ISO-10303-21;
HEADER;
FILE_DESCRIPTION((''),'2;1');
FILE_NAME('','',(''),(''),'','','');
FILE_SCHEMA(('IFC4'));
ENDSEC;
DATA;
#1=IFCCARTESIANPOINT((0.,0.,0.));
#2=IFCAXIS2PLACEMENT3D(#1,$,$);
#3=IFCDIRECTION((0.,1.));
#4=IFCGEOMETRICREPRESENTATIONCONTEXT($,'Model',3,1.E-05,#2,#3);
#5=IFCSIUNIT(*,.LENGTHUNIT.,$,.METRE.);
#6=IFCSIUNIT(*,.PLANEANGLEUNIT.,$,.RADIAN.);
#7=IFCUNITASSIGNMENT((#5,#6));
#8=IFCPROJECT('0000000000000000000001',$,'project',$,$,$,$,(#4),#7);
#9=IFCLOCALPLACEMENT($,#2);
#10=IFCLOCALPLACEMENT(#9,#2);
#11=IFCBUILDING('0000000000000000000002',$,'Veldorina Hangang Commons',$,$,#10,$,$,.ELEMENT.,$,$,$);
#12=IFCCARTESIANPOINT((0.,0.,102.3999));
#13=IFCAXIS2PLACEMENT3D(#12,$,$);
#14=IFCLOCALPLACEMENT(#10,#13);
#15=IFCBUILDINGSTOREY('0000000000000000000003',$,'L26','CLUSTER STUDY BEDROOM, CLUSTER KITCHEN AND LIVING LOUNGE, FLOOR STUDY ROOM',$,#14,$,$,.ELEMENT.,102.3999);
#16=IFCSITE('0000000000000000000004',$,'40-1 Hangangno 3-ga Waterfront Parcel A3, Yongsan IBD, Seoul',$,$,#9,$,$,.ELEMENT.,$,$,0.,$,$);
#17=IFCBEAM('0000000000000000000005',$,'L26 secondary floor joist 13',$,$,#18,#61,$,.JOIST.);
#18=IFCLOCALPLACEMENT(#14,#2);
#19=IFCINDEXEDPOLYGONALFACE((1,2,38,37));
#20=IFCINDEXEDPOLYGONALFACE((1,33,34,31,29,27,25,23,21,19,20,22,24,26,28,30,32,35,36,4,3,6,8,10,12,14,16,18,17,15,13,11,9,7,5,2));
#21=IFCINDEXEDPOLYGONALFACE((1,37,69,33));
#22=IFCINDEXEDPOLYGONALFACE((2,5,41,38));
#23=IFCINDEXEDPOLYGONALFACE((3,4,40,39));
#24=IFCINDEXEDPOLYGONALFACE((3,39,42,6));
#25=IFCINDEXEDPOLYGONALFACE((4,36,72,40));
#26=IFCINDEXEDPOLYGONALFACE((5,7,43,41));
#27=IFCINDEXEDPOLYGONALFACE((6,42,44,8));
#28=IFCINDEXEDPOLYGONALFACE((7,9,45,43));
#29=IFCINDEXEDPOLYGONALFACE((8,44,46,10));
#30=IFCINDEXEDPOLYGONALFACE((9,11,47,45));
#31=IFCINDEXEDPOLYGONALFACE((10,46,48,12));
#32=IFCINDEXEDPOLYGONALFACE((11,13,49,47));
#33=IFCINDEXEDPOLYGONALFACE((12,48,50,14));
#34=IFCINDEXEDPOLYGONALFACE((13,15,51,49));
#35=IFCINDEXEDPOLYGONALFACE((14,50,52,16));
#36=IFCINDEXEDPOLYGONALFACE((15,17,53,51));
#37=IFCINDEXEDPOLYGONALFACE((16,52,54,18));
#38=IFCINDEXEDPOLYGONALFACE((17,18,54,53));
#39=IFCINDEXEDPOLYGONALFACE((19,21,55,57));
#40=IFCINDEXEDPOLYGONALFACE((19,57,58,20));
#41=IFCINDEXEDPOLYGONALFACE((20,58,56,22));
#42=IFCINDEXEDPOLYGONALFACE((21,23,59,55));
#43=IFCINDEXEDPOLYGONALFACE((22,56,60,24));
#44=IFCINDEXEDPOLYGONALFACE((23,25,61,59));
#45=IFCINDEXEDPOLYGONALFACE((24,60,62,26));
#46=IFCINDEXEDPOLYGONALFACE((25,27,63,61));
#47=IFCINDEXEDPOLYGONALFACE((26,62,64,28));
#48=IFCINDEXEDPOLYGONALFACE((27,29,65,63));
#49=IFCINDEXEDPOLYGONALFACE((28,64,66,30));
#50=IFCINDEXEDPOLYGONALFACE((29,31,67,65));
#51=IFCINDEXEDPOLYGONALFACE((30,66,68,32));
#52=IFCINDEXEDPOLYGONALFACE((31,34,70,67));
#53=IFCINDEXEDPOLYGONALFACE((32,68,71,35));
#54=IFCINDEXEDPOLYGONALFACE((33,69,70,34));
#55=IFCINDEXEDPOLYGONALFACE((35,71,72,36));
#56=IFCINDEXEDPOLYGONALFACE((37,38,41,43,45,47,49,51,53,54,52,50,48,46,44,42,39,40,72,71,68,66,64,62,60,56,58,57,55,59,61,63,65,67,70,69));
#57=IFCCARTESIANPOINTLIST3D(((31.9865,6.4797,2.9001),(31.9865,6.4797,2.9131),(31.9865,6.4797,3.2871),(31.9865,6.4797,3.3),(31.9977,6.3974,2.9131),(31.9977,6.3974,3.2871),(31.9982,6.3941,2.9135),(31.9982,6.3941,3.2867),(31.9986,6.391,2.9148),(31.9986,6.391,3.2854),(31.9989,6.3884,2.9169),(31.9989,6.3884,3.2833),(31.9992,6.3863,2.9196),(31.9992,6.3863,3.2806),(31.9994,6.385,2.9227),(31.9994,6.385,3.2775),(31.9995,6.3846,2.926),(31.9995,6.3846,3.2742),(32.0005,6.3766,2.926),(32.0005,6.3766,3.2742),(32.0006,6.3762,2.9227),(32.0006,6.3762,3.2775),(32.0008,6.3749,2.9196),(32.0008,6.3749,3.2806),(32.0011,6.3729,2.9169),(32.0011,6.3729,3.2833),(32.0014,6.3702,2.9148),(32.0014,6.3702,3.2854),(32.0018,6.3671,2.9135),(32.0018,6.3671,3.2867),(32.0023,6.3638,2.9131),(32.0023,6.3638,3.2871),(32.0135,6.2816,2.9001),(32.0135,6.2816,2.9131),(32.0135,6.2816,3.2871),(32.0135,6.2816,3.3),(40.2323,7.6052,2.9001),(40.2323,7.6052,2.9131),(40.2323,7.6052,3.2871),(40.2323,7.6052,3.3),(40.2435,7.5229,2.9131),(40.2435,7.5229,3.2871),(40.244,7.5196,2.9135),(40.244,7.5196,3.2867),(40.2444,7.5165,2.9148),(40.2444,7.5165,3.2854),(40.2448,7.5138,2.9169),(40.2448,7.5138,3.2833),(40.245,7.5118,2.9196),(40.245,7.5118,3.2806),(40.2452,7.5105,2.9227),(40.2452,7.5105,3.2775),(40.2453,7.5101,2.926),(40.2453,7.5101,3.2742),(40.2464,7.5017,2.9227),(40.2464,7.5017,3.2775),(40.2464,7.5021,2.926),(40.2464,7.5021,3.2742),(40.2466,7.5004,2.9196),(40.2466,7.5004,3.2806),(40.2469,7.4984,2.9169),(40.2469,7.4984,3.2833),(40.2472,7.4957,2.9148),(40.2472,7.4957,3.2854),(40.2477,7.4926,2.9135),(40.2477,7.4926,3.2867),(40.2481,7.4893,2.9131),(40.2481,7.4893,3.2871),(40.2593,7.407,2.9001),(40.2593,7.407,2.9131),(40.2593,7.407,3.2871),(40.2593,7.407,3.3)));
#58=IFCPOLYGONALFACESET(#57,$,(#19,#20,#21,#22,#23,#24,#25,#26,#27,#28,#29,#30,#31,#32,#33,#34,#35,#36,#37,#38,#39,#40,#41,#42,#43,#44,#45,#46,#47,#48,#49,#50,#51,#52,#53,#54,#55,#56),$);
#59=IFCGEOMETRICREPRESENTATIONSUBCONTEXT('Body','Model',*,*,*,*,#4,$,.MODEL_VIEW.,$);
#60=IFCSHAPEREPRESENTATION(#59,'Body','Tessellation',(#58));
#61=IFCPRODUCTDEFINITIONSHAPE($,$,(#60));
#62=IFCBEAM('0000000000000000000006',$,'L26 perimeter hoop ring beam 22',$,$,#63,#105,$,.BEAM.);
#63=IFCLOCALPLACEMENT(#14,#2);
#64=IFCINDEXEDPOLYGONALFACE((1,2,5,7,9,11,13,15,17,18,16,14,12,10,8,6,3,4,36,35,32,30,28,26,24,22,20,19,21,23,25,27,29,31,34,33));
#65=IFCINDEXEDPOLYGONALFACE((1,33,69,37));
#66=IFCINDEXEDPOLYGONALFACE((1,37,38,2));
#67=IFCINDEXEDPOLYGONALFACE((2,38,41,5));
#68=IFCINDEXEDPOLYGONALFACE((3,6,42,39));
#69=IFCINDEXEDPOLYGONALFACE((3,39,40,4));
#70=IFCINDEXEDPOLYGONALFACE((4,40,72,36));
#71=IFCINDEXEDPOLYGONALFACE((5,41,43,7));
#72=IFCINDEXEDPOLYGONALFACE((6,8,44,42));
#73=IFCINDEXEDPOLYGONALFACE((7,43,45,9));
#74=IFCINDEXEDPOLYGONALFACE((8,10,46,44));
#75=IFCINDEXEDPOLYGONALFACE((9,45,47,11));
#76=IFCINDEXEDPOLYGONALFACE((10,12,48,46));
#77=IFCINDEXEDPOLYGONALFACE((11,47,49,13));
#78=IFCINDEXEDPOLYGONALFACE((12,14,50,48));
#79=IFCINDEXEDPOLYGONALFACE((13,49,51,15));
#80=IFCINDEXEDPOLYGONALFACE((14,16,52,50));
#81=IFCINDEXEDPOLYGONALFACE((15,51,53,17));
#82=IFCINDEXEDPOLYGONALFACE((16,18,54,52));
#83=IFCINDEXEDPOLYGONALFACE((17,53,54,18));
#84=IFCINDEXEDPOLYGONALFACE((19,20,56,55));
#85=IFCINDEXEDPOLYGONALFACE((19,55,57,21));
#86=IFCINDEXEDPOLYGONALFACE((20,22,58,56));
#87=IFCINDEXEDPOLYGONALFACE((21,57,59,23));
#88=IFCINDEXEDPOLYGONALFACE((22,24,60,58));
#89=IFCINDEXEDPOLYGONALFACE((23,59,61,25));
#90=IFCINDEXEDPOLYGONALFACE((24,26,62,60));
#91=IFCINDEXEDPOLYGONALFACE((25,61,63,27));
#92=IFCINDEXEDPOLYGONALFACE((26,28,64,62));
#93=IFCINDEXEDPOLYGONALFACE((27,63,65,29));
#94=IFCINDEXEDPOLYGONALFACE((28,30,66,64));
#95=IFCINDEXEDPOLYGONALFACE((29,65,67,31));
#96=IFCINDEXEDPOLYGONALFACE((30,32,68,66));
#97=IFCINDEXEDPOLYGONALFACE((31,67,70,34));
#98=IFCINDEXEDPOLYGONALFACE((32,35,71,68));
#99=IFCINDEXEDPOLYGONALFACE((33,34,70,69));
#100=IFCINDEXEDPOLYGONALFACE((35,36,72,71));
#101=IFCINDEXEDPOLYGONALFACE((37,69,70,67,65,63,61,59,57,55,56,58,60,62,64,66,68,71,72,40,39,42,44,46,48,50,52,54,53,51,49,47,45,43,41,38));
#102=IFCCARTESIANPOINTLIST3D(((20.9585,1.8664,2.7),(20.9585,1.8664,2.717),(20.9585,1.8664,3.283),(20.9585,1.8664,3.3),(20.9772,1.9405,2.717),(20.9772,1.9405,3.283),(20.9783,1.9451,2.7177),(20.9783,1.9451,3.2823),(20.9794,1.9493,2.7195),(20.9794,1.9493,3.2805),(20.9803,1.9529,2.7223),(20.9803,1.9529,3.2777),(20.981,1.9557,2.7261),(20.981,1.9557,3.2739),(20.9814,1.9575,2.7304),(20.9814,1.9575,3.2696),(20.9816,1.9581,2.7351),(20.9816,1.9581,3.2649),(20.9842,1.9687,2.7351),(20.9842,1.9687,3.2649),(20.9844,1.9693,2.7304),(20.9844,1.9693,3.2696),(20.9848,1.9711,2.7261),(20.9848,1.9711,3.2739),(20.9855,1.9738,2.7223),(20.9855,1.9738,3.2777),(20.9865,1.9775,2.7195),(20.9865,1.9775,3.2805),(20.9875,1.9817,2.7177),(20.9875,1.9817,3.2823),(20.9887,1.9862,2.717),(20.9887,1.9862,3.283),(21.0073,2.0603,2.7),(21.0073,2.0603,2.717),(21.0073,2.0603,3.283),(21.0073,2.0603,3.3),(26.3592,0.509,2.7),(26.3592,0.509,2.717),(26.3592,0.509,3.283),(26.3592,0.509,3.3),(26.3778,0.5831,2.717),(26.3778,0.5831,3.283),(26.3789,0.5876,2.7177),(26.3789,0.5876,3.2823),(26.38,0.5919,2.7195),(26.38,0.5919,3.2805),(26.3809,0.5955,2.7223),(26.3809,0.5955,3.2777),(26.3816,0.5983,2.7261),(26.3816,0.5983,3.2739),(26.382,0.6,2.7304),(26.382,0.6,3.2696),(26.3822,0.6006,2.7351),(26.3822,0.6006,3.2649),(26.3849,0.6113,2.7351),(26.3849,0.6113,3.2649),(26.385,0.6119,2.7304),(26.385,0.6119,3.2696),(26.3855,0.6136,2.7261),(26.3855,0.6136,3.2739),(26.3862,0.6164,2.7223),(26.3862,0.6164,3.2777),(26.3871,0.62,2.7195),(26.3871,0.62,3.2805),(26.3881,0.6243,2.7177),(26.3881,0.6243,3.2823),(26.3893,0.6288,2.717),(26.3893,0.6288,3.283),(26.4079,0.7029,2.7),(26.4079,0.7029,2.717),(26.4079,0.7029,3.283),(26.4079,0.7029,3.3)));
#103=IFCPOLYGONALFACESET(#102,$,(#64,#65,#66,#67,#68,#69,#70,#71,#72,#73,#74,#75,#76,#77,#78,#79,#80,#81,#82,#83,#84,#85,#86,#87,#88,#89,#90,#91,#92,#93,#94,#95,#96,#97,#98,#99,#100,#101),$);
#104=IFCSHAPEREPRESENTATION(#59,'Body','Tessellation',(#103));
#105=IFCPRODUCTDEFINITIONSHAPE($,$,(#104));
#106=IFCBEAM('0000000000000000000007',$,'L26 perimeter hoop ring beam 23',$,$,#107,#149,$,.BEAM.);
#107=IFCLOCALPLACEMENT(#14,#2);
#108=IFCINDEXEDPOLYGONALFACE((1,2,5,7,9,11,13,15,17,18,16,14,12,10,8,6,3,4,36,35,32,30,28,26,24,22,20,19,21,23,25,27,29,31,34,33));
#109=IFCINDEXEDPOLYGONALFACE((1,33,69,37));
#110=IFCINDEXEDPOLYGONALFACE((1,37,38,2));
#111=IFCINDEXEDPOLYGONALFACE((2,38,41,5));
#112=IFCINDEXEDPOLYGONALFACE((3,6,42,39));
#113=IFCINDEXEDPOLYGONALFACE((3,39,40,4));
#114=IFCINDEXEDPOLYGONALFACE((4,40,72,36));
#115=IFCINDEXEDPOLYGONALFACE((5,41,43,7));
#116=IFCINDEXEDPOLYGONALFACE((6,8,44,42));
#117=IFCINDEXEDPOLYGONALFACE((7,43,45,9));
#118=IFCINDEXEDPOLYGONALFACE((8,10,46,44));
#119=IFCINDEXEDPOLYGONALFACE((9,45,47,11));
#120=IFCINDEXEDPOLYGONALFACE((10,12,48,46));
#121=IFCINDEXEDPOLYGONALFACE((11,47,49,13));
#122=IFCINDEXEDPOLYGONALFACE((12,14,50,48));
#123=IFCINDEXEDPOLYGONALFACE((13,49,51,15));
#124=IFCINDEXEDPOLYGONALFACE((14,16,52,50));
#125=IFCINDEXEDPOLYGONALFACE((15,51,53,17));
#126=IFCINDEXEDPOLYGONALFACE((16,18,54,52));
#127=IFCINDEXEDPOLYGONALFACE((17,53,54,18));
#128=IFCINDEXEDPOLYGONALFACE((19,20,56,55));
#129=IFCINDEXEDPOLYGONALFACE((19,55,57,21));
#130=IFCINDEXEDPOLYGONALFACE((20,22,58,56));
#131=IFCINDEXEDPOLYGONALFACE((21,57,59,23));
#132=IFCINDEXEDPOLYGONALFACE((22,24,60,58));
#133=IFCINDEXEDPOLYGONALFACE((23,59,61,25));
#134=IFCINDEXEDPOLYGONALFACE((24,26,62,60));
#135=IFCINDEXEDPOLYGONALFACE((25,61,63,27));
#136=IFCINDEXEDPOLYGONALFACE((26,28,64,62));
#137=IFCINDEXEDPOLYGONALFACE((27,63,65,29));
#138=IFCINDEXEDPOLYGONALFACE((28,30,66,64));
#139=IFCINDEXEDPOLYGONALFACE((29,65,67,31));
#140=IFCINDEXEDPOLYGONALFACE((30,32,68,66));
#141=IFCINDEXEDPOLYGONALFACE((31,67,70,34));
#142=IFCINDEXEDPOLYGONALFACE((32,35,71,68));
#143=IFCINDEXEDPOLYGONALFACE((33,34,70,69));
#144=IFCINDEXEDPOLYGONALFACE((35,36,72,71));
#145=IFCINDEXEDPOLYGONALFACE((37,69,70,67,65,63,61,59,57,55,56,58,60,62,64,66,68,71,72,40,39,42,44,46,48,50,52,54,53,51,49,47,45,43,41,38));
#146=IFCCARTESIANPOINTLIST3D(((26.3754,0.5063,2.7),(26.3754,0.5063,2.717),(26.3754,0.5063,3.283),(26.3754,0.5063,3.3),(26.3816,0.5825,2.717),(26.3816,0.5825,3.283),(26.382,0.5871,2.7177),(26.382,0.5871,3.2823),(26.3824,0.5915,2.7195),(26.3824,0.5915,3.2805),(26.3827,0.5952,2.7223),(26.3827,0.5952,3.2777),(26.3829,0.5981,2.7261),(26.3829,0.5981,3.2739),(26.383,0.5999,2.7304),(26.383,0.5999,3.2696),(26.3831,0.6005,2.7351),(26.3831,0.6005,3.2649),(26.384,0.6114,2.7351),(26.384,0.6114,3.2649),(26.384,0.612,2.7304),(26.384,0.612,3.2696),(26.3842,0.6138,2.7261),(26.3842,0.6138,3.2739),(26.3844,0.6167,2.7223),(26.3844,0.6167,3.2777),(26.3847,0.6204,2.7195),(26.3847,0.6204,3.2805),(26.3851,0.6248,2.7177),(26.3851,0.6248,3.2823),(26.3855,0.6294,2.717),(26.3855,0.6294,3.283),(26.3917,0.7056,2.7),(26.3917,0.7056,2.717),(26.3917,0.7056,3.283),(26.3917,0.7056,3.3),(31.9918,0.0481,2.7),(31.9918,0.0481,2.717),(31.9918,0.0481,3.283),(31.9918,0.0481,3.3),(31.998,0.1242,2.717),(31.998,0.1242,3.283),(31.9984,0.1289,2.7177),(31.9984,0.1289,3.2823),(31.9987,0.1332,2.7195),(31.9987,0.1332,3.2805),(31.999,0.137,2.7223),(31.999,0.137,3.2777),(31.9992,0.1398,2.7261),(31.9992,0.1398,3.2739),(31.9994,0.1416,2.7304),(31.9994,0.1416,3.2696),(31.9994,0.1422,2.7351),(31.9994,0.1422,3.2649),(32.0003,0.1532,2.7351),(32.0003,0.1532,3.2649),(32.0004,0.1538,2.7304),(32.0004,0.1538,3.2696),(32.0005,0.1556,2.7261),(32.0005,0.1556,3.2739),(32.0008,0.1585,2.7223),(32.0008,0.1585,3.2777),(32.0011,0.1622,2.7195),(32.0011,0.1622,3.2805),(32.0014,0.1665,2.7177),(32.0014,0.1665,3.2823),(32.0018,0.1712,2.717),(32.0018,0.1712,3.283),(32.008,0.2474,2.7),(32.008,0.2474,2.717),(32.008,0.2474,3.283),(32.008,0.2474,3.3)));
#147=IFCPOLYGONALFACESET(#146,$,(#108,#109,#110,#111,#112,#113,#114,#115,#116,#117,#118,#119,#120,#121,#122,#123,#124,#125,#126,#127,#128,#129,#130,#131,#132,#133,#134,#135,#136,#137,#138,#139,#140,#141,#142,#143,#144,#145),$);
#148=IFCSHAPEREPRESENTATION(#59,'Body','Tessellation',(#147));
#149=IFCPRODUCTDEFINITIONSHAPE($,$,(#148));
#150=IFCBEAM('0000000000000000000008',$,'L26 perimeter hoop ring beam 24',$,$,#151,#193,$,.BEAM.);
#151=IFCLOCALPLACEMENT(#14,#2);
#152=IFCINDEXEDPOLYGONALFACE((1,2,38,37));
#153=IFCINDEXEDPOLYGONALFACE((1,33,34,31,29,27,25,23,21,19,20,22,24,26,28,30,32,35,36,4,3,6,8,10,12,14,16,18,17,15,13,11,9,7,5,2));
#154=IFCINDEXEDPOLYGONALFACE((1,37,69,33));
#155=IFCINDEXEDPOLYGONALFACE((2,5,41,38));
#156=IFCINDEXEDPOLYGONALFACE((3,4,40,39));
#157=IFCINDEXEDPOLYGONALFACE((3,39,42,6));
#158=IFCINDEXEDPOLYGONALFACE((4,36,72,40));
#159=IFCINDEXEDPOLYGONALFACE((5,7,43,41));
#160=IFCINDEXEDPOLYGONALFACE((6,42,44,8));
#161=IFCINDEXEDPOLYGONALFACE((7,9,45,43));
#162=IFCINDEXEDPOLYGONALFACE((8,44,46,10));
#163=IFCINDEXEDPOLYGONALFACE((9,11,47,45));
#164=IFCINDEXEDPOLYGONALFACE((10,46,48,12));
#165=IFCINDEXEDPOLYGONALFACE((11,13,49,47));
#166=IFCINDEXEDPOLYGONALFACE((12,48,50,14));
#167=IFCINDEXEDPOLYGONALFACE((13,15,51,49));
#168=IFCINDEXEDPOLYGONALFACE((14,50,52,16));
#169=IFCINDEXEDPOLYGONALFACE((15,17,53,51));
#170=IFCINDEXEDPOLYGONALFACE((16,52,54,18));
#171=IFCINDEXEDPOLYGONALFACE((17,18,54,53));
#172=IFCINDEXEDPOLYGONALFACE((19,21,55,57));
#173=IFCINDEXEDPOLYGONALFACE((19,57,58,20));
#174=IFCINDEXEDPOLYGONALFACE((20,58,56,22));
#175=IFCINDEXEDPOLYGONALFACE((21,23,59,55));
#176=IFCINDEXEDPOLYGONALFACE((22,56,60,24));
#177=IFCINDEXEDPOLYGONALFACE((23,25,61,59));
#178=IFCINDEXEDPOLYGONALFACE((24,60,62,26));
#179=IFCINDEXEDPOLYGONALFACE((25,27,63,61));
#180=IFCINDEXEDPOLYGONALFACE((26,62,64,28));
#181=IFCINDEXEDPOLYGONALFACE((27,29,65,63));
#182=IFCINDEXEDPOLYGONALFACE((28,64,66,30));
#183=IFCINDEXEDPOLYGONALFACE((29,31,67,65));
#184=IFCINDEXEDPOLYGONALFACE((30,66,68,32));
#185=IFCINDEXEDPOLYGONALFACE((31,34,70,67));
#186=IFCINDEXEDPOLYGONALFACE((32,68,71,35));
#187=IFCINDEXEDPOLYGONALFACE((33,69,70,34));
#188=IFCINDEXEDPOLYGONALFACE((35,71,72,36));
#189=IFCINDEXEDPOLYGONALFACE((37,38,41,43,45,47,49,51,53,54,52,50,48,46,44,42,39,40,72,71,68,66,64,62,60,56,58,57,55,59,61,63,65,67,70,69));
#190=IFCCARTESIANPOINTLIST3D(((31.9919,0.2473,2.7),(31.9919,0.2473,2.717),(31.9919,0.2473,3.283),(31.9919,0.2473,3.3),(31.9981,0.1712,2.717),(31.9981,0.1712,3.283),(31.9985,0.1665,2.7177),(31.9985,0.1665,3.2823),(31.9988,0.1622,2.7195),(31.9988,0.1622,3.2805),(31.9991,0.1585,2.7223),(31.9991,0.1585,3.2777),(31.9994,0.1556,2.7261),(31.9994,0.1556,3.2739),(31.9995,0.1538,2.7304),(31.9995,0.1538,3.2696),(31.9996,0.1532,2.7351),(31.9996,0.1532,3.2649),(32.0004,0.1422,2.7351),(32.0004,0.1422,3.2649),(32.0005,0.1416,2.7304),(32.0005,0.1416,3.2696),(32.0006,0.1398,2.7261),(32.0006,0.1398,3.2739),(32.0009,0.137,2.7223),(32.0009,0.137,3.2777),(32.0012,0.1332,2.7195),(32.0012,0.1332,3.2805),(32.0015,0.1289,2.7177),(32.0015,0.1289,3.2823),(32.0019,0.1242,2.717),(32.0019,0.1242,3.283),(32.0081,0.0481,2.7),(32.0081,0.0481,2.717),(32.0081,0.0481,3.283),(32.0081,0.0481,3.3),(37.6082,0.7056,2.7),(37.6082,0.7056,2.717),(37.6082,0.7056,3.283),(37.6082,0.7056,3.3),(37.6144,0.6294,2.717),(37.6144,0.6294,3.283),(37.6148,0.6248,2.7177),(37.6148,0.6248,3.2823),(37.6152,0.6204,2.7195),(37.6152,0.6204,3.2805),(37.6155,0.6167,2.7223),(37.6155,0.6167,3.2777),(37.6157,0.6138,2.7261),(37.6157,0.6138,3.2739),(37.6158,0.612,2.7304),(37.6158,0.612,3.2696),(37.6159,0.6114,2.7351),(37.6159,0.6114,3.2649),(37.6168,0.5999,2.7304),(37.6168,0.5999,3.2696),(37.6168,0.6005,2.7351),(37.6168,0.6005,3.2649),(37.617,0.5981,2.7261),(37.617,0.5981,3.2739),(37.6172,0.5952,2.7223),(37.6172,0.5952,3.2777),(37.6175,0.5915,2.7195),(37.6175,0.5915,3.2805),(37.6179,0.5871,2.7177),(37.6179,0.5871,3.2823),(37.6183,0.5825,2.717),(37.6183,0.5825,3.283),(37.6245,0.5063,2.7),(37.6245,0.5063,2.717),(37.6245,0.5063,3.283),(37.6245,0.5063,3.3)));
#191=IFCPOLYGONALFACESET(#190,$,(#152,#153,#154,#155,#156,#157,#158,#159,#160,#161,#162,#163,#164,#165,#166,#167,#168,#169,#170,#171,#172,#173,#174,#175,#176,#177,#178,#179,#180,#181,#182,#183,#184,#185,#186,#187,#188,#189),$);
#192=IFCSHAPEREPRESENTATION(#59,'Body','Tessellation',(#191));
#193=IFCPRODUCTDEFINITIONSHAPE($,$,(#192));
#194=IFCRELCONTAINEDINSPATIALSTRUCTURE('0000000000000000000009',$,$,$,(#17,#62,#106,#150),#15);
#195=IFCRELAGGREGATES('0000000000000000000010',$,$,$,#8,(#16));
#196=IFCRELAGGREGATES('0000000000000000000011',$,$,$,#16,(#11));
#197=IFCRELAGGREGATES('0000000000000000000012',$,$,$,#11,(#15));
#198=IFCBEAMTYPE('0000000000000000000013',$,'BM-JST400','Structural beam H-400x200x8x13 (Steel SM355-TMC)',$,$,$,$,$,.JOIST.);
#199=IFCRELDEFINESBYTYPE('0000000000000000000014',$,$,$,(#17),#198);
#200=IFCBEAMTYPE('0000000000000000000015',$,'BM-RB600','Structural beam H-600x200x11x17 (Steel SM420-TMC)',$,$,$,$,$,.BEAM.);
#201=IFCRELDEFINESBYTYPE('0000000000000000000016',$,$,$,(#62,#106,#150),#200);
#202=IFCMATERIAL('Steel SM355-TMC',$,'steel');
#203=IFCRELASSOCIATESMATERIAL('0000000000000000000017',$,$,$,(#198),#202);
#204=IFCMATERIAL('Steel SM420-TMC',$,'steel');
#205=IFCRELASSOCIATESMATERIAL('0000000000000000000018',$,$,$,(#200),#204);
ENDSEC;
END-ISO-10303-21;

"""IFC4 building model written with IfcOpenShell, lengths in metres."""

from ifc_helpers import new_model, si_unit, direction, frame, origin, origin_2d, place, context, subcontext, project, spatial, i_section, extrude, material, material_profile, profile_set, type_object, element, save


model = new_model("IFC4")

# Units and contexts
model_context = context("Model", 3, precision=1e-05, world=origin(), true_north=direction((0.0, 1.0)))
body_context = subcontext(model_context, "Body", "Model", "MODEL_VIEW")
ifc_project = project(units=[si_unit("LENGTHUNIT", "METRE"), si_unit("PLANEANGLEUNIT", "RADIAN")], contexts=[model_context])

# Site, building, storey
site_placement = place(None, origin())
site = spatial("IfcSite", under=ifc_project, at=site_placement, Name="40-1 Hangangno 3-ga Waterfront Parcel A3, Yongsan IBD, Seoul", CompositionType="ELEMENT", RefElevation=0.0)
building_placement = place(site_placement, origin())
building = spatial("IfcBuilding", under=site, at=building_placement, Name="Veldorina Hangang Commons", CompositionType="ELEMENT")
storey_placement = place(building_placement, frame((0.0, 0.0, 102.3999)))
storey = spatial("IfcBuildingStorey", under=building, at=storey_placement, Name="L26", Description="CLUSTER STUDY BEDROOM, CLUSTER KITCHEN AND LIVING LOUNGE, FLOOR STUDY ROOM", CompositionType="ELEMENT", Elevation=102.3999)

# Beams
ifc_material_1 = material(Name="Steel SM355-TMC", Category="steel")
ifc_material_profile_1 = material_profile(ifc_material_1, i_section(OverallWidth=0.2, OverallDepth=0.3999, WebThickness=0.0081, FlangeThickness=0.0129, FilletRadius=0.0129, at=origin_2d()), Name="H-400x200x8x13")
ifc_profile_set_1 = profile_set([ifc_material_profile_1], Name="Steel SM355-TMC")
beam_type_1 = type_object("IfcBeamType", Name="BM-JST400", Description="Structural beam H-400x200x8x13 (Steel SM355-TMC)", PredefinedType="JOIST", material=ifc_profile_set_1)
beam_1_placement = place(storey_placement, frame((32.0, 6.3806, 3.1001), z_axis=(0.990813, 0.135238, 0.0), x_axis=(-0.135238, 0.990813, 0.0)))
element("IfcBeam", 1, at=beam_1_placement, inside=storey, type_object=beam_type_1, Name="L26 secondary floor joist 13", PredefinedType="JOIST", context=body_context, shape_type="SweptSolid", body=[
    extrude(i_section(OverallWidth=0.2, OverallDepth=0.3999, WebThickness=0.0081, FlangeThickness=0.0129, FilletRadius=0.0129, at=origin_2d()), origin(), (0.0, 0.0, 1.0), 8.3223),
])
ifc_material_2 = material(Name="Steel SM420-TMC", Category="steel")
ifc_material_profile_2 = material_profile(ifc_material_2, i_section(OverallWidth=0.2, OverallDepth=0.6001, WebThickness=0.011, FlangeThickness=0.0171, FilletRadius=0.0181, at=origin_2d()), Name="H-600x200x11x17")
ifc_profile_set_2 = profile_set([ifc_material_profile_2], Name="Steel SM420-TMC")
beam_type_2 = type_object("IfcBeamType", Name="BM-RB600", Description="Structural beam H-600x200x11x17 (Steel SM420-TMC)", PredefinedType="BEAM", material=ifc_profile_set_2)
beam_2_placement = place(storey_placement, frame((20.9829, 1.9634, 3.0), z_axis=(0.969835, -0.243763, 0.0), x_axis=(0.243763, 0.969835, 0.0)))
element("IfcBeam", 2, at=beam_2_placement, inside=storey, type_object=beam_type_2, Name="L26 perimeter hoop ring beam 22", PredefinedType="BEAM", context=body_context, shape_type="SweptSolid", body=[
    extrude(i_section(OverallWidth=0.2, OverallDepth=0.6001, WebThickness=0.011, FlangeThickness=0.0171, FilletRadius=0.0181, at=origin_2d()), origin(), (0.0, 0.0, 1.0), 5.5686),
])
for number, where, z_axis, x_axis, name in (
    (3, (26.3835, 0.606, 3.0), (0.996688, -0.081321, 0.0), (0.081321, 0.996688, 0.0), "L26 perimeter hoop ring beam 23"),
    (4, (32.0, 0.1477, 3.0), (0.996688, 0.081321, 0.0), (-0.081321, 0.996688, 0.0), "L26 perimeter hoop ring beam 24"),
):
    element("IfcBeam", number, at=place(storey_placement, frame(where, z_axis=z_axis, x_axis=x_axis)), inside=storey, type_object=beam_type_2, Name=name, PredefinedType="BEAM", context=body_context, shape_type="SweptSolid", body=[
        extrude(i_section(OverallWidth=0.2, OverallDepth=0.6001, WebThickness=0.011, FlangeThickness=0.0171, FilletRadius=0.0181, at=origin_2d()), origin(), (0.0, 0.0, 1.0), 5.635),
    ])

save(model, "model.ifc")
